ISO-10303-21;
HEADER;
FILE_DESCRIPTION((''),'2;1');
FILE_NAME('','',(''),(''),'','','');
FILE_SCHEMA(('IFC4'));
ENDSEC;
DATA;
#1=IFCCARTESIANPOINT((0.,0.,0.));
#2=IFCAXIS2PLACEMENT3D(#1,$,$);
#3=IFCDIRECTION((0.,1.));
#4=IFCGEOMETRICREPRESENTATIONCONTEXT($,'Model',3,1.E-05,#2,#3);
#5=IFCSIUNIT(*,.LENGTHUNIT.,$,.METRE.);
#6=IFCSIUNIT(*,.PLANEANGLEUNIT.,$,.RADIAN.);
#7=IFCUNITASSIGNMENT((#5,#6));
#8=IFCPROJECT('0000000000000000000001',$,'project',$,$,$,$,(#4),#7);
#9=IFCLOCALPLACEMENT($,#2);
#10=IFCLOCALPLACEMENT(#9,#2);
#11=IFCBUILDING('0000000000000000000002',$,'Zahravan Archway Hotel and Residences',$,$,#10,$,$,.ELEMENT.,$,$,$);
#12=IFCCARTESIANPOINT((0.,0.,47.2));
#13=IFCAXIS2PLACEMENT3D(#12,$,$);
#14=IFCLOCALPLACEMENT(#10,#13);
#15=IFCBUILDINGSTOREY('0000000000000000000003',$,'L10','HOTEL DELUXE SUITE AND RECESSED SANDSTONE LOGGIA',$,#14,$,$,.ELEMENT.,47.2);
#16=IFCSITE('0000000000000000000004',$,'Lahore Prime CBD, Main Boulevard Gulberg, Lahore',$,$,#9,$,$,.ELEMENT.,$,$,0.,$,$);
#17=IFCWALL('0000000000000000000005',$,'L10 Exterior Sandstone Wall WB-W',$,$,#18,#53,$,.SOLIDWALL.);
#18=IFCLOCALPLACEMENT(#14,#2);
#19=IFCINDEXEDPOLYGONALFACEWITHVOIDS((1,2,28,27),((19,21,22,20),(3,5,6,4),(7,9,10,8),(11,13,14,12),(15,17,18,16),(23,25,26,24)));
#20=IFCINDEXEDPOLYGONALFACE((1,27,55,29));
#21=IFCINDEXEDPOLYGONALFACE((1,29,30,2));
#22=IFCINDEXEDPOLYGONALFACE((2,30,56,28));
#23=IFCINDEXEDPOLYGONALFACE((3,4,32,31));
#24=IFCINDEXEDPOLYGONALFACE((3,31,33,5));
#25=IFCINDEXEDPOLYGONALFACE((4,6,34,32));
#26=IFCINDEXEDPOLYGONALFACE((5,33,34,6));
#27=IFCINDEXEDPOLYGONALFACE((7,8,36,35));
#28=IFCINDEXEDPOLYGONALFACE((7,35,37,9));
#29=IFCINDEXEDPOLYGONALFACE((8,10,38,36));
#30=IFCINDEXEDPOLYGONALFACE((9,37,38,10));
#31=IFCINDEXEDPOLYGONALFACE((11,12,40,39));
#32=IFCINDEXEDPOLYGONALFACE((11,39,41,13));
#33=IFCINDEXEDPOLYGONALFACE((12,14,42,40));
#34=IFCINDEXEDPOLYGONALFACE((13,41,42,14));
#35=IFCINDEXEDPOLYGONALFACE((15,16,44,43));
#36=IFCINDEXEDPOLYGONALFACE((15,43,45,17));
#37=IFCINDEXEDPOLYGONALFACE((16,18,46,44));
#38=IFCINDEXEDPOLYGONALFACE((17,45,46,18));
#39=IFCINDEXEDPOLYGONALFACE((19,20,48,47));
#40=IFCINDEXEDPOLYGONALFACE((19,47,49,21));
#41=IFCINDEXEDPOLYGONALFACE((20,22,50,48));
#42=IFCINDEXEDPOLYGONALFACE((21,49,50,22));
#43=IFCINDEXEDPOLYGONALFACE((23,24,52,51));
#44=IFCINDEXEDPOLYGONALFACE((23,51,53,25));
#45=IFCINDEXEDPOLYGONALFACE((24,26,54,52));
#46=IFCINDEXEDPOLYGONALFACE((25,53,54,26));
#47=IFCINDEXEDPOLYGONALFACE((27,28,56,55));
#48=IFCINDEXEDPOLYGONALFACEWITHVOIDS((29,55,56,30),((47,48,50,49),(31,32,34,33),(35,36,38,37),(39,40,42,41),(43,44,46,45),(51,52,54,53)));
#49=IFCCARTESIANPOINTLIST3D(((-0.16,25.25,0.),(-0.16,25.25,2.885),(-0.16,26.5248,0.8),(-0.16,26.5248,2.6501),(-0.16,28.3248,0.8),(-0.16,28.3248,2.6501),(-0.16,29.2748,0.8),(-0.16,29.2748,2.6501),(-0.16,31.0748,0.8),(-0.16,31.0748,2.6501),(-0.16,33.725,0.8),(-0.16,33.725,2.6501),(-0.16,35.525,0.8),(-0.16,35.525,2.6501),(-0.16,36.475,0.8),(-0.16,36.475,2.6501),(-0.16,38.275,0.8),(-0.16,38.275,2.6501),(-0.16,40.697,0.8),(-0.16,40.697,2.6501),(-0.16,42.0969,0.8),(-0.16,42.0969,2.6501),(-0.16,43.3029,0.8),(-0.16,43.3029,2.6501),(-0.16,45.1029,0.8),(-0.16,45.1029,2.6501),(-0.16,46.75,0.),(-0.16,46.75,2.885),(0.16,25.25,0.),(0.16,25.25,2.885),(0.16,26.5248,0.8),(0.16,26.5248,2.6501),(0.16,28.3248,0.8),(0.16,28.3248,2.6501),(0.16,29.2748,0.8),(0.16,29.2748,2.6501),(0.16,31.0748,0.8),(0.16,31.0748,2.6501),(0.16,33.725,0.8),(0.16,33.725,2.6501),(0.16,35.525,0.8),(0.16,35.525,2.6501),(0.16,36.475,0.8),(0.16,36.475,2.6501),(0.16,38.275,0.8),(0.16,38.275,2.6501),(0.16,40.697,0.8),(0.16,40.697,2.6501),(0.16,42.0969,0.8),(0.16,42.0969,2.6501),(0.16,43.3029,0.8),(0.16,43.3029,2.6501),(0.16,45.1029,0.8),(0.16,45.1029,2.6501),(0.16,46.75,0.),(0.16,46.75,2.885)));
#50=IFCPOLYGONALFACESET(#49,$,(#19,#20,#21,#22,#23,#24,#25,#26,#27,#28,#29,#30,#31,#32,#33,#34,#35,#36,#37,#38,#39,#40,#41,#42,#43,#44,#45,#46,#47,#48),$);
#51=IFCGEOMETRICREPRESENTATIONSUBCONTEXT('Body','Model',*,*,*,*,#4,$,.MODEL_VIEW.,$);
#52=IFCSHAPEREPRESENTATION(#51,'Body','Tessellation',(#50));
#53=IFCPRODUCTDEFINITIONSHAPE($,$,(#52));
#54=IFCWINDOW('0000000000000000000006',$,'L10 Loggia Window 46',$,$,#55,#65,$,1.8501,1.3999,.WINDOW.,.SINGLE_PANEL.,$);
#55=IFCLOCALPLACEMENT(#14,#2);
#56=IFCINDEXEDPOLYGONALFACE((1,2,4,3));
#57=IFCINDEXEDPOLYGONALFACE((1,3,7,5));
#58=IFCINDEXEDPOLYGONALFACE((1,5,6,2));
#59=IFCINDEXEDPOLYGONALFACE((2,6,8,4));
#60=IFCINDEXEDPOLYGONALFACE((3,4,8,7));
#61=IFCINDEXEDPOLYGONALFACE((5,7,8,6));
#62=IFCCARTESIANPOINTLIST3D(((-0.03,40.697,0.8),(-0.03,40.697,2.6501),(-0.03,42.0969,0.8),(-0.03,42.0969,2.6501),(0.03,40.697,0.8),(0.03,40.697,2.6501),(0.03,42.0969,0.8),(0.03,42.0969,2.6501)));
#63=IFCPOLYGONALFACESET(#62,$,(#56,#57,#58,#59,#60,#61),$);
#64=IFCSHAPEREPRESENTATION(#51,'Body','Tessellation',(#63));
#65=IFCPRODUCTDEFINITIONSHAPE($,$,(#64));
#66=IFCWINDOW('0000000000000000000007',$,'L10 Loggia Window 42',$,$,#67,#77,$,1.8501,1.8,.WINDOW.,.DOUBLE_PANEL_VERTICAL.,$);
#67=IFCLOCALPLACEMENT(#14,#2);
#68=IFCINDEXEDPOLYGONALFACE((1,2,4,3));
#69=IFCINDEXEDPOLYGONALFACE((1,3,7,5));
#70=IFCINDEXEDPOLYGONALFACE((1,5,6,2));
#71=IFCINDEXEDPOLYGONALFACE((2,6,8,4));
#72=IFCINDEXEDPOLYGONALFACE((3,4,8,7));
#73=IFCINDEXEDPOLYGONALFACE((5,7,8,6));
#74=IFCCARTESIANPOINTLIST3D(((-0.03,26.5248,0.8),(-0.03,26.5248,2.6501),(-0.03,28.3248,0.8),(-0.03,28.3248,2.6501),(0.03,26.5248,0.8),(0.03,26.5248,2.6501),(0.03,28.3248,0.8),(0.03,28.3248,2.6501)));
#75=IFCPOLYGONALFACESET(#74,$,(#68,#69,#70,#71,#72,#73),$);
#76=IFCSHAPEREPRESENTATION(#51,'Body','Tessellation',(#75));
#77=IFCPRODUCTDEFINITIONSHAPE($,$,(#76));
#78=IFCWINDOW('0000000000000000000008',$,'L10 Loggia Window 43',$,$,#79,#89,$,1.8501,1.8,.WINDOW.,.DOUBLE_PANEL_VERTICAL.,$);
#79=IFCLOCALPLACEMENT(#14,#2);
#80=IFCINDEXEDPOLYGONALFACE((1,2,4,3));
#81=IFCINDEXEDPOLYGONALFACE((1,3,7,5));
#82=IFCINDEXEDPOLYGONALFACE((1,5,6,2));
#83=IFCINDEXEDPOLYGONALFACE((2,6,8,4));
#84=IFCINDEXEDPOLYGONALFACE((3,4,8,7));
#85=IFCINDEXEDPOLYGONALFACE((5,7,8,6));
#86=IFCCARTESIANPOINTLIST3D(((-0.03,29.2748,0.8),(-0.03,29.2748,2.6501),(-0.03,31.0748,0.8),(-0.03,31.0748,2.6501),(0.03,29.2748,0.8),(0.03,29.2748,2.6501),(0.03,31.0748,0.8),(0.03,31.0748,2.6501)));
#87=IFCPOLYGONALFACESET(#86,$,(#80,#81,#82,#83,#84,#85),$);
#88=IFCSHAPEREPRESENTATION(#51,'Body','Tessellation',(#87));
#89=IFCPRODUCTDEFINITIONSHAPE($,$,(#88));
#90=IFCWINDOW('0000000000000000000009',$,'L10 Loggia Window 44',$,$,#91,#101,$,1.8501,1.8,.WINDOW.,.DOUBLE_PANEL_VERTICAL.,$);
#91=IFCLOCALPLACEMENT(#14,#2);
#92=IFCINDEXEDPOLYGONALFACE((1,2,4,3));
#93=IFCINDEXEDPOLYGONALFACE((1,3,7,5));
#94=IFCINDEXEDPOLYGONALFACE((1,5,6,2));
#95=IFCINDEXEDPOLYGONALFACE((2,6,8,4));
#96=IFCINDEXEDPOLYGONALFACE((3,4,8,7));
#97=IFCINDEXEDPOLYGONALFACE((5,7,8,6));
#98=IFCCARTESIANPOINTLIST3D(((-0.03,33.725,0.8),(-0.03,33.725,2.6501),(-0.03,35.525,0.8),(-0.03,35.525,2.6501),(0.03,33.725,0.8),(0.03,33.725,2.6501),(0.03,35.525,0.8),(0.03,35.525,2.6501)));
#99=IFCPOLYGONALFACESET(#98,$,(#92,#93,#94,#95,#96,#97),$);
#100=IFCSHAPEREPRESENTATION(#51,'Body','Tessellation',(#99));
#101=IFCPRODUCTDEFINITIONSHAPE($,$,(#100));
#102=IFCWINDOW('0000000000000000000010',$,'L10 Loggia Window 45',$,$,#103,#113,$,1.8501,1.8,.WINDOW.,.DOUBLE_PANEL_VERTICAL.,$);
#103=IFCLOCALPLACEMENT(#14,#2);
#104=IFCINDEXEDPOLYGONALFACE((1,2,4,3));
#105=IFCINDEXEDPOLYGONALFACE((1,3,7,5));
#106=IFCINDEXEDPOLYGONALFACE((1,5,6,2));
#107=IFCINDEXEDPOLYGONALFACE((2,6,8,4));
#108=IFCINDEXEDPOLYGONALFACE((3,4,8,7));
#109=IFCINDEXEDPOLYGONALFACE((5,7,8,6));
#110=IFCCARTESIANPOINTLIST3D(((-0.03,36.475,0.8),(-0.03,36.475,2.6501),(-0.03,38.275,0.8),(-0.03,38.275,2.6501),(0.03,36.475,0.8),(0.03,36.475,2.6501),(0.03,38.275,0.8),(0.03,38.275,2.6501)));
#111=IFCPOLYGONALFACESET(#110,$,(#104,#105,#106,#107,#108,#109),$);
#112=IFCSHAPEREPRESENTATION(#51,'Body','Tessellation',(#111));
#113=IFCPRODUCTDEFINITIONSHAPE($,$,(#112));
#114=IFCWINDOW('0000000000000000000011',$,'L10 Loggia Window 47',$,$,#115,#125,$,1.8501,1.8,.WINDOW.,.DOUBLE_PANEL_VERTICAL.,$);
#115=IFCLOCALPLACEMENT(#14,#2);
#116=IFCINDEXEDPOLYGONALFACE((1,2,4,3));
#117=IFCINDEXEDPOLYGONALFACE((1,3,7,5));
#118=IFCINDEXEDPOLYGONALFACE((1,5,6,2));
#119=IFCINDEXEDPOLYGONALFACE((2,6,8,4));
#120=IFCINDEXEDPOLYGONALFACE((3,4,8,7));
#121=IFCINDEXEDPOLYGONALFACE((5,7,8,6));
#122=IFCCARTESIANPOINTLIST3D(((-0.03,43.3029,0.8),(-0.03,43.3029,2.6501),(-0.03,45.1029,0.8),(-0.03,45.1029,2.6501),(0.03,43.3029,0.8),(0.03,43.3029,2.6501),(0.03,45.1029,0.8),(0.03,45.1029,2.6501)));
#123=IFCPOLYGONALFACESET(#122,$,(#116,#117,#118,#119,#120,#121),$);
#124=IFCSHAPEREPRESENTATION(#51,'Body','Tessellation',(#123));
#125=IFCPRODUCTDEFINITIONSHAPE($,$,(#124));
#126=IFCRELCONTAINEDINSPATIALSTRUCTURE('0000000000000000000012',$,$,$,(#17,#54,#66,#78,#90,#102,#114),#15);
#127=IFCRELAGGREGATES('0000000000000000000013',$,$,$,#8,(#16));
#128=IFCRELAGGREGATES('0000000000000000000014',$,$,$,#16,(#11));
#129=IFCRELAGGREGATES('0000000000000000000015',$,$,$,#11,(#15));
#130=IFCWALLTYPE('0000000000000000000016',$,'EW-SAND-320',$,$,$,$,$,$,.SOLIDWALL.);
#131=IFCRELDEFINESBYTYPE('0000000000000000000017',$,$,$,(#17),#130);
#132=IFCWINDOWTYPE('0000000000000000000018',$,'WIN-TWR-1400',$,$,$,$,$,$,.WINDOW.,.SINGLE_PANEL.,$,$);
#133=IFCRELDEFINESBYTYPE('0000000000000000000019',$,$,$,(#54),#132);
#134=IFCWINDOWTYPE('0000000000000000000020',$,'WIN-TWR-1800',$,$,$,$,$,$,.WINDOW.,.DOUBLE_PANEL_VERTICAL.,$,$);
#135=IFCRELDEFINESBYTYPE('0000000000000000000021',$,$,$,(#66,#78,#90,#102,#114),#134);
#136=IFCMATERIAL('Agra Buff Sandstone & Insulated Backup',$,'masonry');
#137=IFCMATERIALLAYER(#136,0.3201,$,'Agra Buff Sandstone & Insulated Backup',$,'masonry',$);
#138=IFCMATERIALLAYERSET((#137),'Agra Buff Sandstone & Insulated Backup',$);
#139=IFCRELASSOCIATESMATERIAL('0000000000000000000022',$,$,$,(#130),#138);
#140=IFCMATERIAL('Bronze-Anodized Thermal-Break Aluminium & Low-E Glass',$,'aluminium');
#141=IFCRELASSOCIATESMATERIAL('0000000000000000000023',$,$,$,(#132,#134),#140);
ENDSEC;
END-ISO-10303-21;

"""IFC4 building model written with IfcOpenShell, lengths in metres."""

from ifc_helpers import new_model, si_unit, direction, frame, frame_2d, origin, place, context, subcontext, project, spatial, rectangle, extrude, source, transform, mapped, material, layer, layer_set, type_object, type_shapes, element, fill, save


model = new_model("IFC4")

# Units and contexts
model_context = context("Model", 3, precision=1e-05, world=origin(), true_north=direction((0.0, 1.0)))
body_context = subcontext(model_context, "Body", "Model", "MODEL_VIEW")
ifc_project = project(units=[si_unit("LENGTHUNIT", "METRE"), si_unit("PLANEANGLEUNIT", "RADIAN")], contexts=[model_context])

# Site, building, storey
site_placement = place(None, origin())
site = spatial("IfcSite", under=ifc_project, at=site_placement, Name="Lahore Prime CBD, Main Boulevard Gulberg, Lahore", CompositionType="ELEMENT", RefElevation=0.0)
building_placement = place(site_placement, origin())
building = spatial("IfcBuilding", under=site, at=building_placement, Name="Zahravan Archway Hotel and Residences", CompositionType="ELEMENT")
storey_placement = place(building_placement, frame((0.0, 0.0, 47.2)))
storey = spatial("IfcBuildingStorey", under=building, at=storey_placement, Name="L10", Description="HOTEL DELUXE SUITE AND RECESSED SANDSTONE LOGGIA", CompositionType="ELEMENT", Elevation=47.2)

# Shared definitions
ifc_material_1 = material(Name="Agra Buff Sandstone & Insulated Backup", Category="masonry")
ifc_layer_1 = layer(ifc_material_1, 0.3201, Name="Agra Buff Sandstone & Insulated Backup", Category="masonry")
ifc_layer_set_1 = layer_set([ifc_layer_1], Name="Agra Buff Sandstone & Insulated Backup")
wall_type_1 = type_object("IfcWallType", Name="EW-SAND-320", PredefinedType="SOLIDWALL", material=ifc_layer_set_1)

# Wall, openings, windows
wall_1_placement = place(storey_placement, frame((0.0, 25.25, 0.0), z_axis=(0.0, 0.0, 1.0), x_axis=(0.0, 1.0, 0.0)))
wall_1 = element("IfcWall", 1, at=wall_1_placement, inside=storey, type_object=wall_type_1, Name="L10 Exterior Sandstone Wall WB-W", PredefinedType="SOLIDWALL", context=body_context, shape_type="SweptSolid", body=[
    extrude(rectangle(XDim=21.5, YDim=0.3201, at=frame_2d((10.75, 0.0))), origin(), (0.0, 0.0, 1.0), 2.885),
])
opening_1_placement = place(wall_1_placement, frame((1.2749, 0.0, 0.8)))
opening_1 = element("IfcOpeningElement", 2, at=opening_1_placement, cuts=wall_1, PredefinedType="OPENING", context=body_context, shape_type="SweptSolid", body=[
    extrude(rectangle(XDim=1.8, YDim=1.8501, at=frame_2d((0.8999, 0.925))), frame((0.0, 0.1699, 0.0), z_axis=(0.0, -1.0, 0.0), x_axis=(1.0, 0.0, 0.0)), (0.0, 0.0, 1.0), 0.3401),
])
opening_2_placement = place(wall_1_placement, frame((4.0249, 0.0, 0.8)))
opening_2 = element("IfcOpeningElement", 3, at=opening_2_placement, cuts=wall_1, PredefinedType="OPENING", context=body_context, shape_type="SweptSolid", body=[
    extrude(rectangle(XDim=1.8, YDim=1.8501, at=frame_2d((0.8999, 0.925))), frame((0.0, 0.1699, 0.0), z_axis=(0.0, -1.0, 0.0), x_axis=(1.0, 0.0, 0.0)), (0.0, 0.0, 1.0), 0.3401),
])
opening_3_placement = place(wall_1_placement, frame((8.4751, 0.0, 0.8)))
opening_3 = element("IfcOpeningElement", 4, at=opening_3_placement, cuts=wall_1, PredefinedType="OPENING", context=body_context, shape_type="SweptSolid", body=[
    extrude(rectangle(XDim=1.8, YDim=1.8501, at=frame_2d((0.8999, 0.925))), frame((0.0, 0.1699, 0.0), z_axis=(0.0, -1.0, 0.0), x_axis=(1.0, 0.0, 0.0)), (0.0, 0.0, 1.0), 0.3401),
])
opening_4_placement = place(wall_1_placement, frame((11.2251, 0.0, 0.8)))
opening_4 = element("IfcOpeningElement", 5, at=opening_4_placement, cuts=wall_1, PredefinedType="OPENING", context=body_context, shape_type="SweptSolid", body=[
    extrude(rectangle(XDim=1.8, YDim=1.8501, at=frame_2d((0.8999, 0.925))), frame((0.0, 0.1699, 0.0), z_axis=(0.0, -1.0, 0.0), x_axis=(1.0, 0.0, 0.0)), (0.0, 0.0, 1.0), 0.3401),
])
opening_5_placement = place(wall_1_placement, frame((15.447, 0.0, 0.8)))
opening_5 = element("IfcOpeningElement", 6, at=opening_5_placement, cuts=wall_1, PredefinedType="OPENING", context=body_context, shape_type="SweptSolid", body=[
    extrude(rectangle(XDim=1.3999, YDim=1.8501, at=frame_2d((0.7, 0.925))), frame((0.0, 0.1699, 0.0), z_axis=(0.0, -1.0, 0.0), x_axis=(1.0, 0.0, 0.0)), (0.0, 0.0, 1.0), 0.3401),
])
opening_6_placement = place(wall_1_placement, frame((18.053, 0.0, 0.8)))
opening_6 = element("IfcOpeningElement", 7, at=opening_6_placement, cuts=wall_1, PredefinedType="OPENING", context=body_context, shape_type="SweptSolid", body=[
    extrude(rectangle(XDim=1.8, YDim=1.8501, at=frame_2d((0.8999, 0.925))), frame((0.0, 0.1699, 0.0), z_axis=(0.0, -1.0, 0.0), x_axis=(1.0, 0.0, 0.0)), (0.0, 0.0, 1.0), 0.3401),
])
ifc_material_2 = material(Name="Bronze-Anodized Thermal-Break Aluminium & Low-E Glass", Category="aluminium")
window_type_1 = type_object("IfcWindowType", Name="WIN-TWR-1400", PartitioningType="SINGLE_PANEL", PredefinedType="WINDOW", material=ifc_material_2)
shared_shape_1 = source(origin(), body_context, "Body", "SweptSolid", [
    extrude(rectangle(XDim=1.3999, YDim=1.8501, at=frame_2d((0.7, 0.925))), frame((0.0, 0.03, 0.0), z_axis=(0.0, -1.0, 0.0), x_axis=(1.0, 0.0, 0.0)), (0.0, 0.0, 1.0), 0.0601),
])
type_shapes(window_type_1, [shared_shape_1])
window_1_placement = place(opening_5_placement, origin())
window_1 = element("IfcWindow", 8, at=window_1_placement, inside=storey, type_object=window_type_1, Name="L10 Loggia Window 46", OverallHeight=1.8501, OverallWidth=1.3999, PartitioningType="SINGLE_PANEL", PredefinedType="WINDOW", context=body_context, shape_type="MappedRepresentation", body=[
    mapped(shared_shape_1, transform((0.0, 0.0, 0.0), scale=1.0)),
])
fill(opening_5, window_1)
window_type_2 = type_object("IfcWindowType", Name="WIN-TWR-1800", PartitioningType="DOUBLE_PANEL_VERTICAL", PredefinedType="WINDOW", material=ifc_material_2)
shared_shape_2 = source(origin(), body_context, "Body", "SweptSolid", [
    extrude(rectangle(XDim=1.8, YDim=1.8501, at=frame_2d((0.8999, 0.925))), frame((0.0, 0.03, 0.0), z_axis=(0.0, -1.0, 0.0), x_axis=(1.0, 0.0, 0.0)), (0.0, 0.0, 1.0), 0.0601),
])
type_shapes(window_type_2, [shared_shape_2])
window_2_placement = place(opening_1_placement, origin())
window_2 = element("IfcWindow", 9, at=window_2_placement, inside=storey, type_object=window_type_2, Name="L10 Loggia Window 42", OverallHeight=1.8501, OverallWidth=1.8, PartitioningType="DOUBLE_PANEL_VERTICAL", PredefinedType="WINDOW", context=body_context, shape_type="MappedRepresentation", body=[
    mapped(shared_shape_2, transform((0.0, 0.0, 0.0), scale=1.0)),
])
fill(opening_1, window_2)
window_3_placement = place(opening_2_placement, origin())
window_3 = element("IfcWindow", 10, at=window_3_placement, inside=storey, type_object=window_type_2, Name="L10 Loggia Window 43", OverallHeight=1.8501, OverallWidth=1.8, PartitioningType="DOUBLE_PANEL_VERTICAL", PredefinedType="WINDOW", context=body_context, shape_type="MappedRepresentation", body=[
    mapped(shared_shape_2, transform((0.0, 0.0, 0.0), scale=1.0)),
])
fill(opening_2, window_3)
window_4_placement = place(opening_3_placement, origin())
window_4 = element("IfcWindow", 11, at=window_4_placement, inside=storey, type_object=window_type_2, Name="L10 Loggia Window 44", OverallHeight=1.8501, OverallWidth=1.8, PartitioningType="DOUBLE_PANEL_VERTICAL", PredefinedType="WINDOW", context=body_context, shape_type="MappedRepresentation", body=[
    mapped(shared_shape_2, transform((0.0, 0.0, 0.0), scale=1.0)),
])
fill(opening_3, window_4)
window_5_placement = place(opening_4_placement, origin())
window_5 = element("IfcWindow", 12, at=window_5_placement, inside=storey, type_object=window_type_2, Name="L10 Loggia Window 45", OverallHeight=1.8501, OverallWidth=1.8, PartitioningType="DOUBLE_PANEL_VERTICAL", PredefinedType="WINDOW", context=body_context, shape_type="MappedRepresentation", body=[
    mapped(shared_shape_2, transform((0.0, 0.0, 0.0), scale=1.0)),
])
fill(opening_4, window_5)
window_6_placement = place(opening_6_placement, origin())
window_6 = element("IfcWindow", 13, at=window_6_placement, inside=storey, type_object=window_type_2, Name="L10 Loggia Window 47", OverallHeight=1.8501, OverallWidth=1.8, PartitioningType="DOUBLE_PANEL_VERTICAL", PredefinedType="WINDOW", context=body_context, shape_type="MappedRepresentation", body=[
    mapped(shared_shape_2, transform((0.0, 0.0, 0.0), scale=1.0)),
])
fill(opening_6, window_6)

save(model, "model.ifc")
